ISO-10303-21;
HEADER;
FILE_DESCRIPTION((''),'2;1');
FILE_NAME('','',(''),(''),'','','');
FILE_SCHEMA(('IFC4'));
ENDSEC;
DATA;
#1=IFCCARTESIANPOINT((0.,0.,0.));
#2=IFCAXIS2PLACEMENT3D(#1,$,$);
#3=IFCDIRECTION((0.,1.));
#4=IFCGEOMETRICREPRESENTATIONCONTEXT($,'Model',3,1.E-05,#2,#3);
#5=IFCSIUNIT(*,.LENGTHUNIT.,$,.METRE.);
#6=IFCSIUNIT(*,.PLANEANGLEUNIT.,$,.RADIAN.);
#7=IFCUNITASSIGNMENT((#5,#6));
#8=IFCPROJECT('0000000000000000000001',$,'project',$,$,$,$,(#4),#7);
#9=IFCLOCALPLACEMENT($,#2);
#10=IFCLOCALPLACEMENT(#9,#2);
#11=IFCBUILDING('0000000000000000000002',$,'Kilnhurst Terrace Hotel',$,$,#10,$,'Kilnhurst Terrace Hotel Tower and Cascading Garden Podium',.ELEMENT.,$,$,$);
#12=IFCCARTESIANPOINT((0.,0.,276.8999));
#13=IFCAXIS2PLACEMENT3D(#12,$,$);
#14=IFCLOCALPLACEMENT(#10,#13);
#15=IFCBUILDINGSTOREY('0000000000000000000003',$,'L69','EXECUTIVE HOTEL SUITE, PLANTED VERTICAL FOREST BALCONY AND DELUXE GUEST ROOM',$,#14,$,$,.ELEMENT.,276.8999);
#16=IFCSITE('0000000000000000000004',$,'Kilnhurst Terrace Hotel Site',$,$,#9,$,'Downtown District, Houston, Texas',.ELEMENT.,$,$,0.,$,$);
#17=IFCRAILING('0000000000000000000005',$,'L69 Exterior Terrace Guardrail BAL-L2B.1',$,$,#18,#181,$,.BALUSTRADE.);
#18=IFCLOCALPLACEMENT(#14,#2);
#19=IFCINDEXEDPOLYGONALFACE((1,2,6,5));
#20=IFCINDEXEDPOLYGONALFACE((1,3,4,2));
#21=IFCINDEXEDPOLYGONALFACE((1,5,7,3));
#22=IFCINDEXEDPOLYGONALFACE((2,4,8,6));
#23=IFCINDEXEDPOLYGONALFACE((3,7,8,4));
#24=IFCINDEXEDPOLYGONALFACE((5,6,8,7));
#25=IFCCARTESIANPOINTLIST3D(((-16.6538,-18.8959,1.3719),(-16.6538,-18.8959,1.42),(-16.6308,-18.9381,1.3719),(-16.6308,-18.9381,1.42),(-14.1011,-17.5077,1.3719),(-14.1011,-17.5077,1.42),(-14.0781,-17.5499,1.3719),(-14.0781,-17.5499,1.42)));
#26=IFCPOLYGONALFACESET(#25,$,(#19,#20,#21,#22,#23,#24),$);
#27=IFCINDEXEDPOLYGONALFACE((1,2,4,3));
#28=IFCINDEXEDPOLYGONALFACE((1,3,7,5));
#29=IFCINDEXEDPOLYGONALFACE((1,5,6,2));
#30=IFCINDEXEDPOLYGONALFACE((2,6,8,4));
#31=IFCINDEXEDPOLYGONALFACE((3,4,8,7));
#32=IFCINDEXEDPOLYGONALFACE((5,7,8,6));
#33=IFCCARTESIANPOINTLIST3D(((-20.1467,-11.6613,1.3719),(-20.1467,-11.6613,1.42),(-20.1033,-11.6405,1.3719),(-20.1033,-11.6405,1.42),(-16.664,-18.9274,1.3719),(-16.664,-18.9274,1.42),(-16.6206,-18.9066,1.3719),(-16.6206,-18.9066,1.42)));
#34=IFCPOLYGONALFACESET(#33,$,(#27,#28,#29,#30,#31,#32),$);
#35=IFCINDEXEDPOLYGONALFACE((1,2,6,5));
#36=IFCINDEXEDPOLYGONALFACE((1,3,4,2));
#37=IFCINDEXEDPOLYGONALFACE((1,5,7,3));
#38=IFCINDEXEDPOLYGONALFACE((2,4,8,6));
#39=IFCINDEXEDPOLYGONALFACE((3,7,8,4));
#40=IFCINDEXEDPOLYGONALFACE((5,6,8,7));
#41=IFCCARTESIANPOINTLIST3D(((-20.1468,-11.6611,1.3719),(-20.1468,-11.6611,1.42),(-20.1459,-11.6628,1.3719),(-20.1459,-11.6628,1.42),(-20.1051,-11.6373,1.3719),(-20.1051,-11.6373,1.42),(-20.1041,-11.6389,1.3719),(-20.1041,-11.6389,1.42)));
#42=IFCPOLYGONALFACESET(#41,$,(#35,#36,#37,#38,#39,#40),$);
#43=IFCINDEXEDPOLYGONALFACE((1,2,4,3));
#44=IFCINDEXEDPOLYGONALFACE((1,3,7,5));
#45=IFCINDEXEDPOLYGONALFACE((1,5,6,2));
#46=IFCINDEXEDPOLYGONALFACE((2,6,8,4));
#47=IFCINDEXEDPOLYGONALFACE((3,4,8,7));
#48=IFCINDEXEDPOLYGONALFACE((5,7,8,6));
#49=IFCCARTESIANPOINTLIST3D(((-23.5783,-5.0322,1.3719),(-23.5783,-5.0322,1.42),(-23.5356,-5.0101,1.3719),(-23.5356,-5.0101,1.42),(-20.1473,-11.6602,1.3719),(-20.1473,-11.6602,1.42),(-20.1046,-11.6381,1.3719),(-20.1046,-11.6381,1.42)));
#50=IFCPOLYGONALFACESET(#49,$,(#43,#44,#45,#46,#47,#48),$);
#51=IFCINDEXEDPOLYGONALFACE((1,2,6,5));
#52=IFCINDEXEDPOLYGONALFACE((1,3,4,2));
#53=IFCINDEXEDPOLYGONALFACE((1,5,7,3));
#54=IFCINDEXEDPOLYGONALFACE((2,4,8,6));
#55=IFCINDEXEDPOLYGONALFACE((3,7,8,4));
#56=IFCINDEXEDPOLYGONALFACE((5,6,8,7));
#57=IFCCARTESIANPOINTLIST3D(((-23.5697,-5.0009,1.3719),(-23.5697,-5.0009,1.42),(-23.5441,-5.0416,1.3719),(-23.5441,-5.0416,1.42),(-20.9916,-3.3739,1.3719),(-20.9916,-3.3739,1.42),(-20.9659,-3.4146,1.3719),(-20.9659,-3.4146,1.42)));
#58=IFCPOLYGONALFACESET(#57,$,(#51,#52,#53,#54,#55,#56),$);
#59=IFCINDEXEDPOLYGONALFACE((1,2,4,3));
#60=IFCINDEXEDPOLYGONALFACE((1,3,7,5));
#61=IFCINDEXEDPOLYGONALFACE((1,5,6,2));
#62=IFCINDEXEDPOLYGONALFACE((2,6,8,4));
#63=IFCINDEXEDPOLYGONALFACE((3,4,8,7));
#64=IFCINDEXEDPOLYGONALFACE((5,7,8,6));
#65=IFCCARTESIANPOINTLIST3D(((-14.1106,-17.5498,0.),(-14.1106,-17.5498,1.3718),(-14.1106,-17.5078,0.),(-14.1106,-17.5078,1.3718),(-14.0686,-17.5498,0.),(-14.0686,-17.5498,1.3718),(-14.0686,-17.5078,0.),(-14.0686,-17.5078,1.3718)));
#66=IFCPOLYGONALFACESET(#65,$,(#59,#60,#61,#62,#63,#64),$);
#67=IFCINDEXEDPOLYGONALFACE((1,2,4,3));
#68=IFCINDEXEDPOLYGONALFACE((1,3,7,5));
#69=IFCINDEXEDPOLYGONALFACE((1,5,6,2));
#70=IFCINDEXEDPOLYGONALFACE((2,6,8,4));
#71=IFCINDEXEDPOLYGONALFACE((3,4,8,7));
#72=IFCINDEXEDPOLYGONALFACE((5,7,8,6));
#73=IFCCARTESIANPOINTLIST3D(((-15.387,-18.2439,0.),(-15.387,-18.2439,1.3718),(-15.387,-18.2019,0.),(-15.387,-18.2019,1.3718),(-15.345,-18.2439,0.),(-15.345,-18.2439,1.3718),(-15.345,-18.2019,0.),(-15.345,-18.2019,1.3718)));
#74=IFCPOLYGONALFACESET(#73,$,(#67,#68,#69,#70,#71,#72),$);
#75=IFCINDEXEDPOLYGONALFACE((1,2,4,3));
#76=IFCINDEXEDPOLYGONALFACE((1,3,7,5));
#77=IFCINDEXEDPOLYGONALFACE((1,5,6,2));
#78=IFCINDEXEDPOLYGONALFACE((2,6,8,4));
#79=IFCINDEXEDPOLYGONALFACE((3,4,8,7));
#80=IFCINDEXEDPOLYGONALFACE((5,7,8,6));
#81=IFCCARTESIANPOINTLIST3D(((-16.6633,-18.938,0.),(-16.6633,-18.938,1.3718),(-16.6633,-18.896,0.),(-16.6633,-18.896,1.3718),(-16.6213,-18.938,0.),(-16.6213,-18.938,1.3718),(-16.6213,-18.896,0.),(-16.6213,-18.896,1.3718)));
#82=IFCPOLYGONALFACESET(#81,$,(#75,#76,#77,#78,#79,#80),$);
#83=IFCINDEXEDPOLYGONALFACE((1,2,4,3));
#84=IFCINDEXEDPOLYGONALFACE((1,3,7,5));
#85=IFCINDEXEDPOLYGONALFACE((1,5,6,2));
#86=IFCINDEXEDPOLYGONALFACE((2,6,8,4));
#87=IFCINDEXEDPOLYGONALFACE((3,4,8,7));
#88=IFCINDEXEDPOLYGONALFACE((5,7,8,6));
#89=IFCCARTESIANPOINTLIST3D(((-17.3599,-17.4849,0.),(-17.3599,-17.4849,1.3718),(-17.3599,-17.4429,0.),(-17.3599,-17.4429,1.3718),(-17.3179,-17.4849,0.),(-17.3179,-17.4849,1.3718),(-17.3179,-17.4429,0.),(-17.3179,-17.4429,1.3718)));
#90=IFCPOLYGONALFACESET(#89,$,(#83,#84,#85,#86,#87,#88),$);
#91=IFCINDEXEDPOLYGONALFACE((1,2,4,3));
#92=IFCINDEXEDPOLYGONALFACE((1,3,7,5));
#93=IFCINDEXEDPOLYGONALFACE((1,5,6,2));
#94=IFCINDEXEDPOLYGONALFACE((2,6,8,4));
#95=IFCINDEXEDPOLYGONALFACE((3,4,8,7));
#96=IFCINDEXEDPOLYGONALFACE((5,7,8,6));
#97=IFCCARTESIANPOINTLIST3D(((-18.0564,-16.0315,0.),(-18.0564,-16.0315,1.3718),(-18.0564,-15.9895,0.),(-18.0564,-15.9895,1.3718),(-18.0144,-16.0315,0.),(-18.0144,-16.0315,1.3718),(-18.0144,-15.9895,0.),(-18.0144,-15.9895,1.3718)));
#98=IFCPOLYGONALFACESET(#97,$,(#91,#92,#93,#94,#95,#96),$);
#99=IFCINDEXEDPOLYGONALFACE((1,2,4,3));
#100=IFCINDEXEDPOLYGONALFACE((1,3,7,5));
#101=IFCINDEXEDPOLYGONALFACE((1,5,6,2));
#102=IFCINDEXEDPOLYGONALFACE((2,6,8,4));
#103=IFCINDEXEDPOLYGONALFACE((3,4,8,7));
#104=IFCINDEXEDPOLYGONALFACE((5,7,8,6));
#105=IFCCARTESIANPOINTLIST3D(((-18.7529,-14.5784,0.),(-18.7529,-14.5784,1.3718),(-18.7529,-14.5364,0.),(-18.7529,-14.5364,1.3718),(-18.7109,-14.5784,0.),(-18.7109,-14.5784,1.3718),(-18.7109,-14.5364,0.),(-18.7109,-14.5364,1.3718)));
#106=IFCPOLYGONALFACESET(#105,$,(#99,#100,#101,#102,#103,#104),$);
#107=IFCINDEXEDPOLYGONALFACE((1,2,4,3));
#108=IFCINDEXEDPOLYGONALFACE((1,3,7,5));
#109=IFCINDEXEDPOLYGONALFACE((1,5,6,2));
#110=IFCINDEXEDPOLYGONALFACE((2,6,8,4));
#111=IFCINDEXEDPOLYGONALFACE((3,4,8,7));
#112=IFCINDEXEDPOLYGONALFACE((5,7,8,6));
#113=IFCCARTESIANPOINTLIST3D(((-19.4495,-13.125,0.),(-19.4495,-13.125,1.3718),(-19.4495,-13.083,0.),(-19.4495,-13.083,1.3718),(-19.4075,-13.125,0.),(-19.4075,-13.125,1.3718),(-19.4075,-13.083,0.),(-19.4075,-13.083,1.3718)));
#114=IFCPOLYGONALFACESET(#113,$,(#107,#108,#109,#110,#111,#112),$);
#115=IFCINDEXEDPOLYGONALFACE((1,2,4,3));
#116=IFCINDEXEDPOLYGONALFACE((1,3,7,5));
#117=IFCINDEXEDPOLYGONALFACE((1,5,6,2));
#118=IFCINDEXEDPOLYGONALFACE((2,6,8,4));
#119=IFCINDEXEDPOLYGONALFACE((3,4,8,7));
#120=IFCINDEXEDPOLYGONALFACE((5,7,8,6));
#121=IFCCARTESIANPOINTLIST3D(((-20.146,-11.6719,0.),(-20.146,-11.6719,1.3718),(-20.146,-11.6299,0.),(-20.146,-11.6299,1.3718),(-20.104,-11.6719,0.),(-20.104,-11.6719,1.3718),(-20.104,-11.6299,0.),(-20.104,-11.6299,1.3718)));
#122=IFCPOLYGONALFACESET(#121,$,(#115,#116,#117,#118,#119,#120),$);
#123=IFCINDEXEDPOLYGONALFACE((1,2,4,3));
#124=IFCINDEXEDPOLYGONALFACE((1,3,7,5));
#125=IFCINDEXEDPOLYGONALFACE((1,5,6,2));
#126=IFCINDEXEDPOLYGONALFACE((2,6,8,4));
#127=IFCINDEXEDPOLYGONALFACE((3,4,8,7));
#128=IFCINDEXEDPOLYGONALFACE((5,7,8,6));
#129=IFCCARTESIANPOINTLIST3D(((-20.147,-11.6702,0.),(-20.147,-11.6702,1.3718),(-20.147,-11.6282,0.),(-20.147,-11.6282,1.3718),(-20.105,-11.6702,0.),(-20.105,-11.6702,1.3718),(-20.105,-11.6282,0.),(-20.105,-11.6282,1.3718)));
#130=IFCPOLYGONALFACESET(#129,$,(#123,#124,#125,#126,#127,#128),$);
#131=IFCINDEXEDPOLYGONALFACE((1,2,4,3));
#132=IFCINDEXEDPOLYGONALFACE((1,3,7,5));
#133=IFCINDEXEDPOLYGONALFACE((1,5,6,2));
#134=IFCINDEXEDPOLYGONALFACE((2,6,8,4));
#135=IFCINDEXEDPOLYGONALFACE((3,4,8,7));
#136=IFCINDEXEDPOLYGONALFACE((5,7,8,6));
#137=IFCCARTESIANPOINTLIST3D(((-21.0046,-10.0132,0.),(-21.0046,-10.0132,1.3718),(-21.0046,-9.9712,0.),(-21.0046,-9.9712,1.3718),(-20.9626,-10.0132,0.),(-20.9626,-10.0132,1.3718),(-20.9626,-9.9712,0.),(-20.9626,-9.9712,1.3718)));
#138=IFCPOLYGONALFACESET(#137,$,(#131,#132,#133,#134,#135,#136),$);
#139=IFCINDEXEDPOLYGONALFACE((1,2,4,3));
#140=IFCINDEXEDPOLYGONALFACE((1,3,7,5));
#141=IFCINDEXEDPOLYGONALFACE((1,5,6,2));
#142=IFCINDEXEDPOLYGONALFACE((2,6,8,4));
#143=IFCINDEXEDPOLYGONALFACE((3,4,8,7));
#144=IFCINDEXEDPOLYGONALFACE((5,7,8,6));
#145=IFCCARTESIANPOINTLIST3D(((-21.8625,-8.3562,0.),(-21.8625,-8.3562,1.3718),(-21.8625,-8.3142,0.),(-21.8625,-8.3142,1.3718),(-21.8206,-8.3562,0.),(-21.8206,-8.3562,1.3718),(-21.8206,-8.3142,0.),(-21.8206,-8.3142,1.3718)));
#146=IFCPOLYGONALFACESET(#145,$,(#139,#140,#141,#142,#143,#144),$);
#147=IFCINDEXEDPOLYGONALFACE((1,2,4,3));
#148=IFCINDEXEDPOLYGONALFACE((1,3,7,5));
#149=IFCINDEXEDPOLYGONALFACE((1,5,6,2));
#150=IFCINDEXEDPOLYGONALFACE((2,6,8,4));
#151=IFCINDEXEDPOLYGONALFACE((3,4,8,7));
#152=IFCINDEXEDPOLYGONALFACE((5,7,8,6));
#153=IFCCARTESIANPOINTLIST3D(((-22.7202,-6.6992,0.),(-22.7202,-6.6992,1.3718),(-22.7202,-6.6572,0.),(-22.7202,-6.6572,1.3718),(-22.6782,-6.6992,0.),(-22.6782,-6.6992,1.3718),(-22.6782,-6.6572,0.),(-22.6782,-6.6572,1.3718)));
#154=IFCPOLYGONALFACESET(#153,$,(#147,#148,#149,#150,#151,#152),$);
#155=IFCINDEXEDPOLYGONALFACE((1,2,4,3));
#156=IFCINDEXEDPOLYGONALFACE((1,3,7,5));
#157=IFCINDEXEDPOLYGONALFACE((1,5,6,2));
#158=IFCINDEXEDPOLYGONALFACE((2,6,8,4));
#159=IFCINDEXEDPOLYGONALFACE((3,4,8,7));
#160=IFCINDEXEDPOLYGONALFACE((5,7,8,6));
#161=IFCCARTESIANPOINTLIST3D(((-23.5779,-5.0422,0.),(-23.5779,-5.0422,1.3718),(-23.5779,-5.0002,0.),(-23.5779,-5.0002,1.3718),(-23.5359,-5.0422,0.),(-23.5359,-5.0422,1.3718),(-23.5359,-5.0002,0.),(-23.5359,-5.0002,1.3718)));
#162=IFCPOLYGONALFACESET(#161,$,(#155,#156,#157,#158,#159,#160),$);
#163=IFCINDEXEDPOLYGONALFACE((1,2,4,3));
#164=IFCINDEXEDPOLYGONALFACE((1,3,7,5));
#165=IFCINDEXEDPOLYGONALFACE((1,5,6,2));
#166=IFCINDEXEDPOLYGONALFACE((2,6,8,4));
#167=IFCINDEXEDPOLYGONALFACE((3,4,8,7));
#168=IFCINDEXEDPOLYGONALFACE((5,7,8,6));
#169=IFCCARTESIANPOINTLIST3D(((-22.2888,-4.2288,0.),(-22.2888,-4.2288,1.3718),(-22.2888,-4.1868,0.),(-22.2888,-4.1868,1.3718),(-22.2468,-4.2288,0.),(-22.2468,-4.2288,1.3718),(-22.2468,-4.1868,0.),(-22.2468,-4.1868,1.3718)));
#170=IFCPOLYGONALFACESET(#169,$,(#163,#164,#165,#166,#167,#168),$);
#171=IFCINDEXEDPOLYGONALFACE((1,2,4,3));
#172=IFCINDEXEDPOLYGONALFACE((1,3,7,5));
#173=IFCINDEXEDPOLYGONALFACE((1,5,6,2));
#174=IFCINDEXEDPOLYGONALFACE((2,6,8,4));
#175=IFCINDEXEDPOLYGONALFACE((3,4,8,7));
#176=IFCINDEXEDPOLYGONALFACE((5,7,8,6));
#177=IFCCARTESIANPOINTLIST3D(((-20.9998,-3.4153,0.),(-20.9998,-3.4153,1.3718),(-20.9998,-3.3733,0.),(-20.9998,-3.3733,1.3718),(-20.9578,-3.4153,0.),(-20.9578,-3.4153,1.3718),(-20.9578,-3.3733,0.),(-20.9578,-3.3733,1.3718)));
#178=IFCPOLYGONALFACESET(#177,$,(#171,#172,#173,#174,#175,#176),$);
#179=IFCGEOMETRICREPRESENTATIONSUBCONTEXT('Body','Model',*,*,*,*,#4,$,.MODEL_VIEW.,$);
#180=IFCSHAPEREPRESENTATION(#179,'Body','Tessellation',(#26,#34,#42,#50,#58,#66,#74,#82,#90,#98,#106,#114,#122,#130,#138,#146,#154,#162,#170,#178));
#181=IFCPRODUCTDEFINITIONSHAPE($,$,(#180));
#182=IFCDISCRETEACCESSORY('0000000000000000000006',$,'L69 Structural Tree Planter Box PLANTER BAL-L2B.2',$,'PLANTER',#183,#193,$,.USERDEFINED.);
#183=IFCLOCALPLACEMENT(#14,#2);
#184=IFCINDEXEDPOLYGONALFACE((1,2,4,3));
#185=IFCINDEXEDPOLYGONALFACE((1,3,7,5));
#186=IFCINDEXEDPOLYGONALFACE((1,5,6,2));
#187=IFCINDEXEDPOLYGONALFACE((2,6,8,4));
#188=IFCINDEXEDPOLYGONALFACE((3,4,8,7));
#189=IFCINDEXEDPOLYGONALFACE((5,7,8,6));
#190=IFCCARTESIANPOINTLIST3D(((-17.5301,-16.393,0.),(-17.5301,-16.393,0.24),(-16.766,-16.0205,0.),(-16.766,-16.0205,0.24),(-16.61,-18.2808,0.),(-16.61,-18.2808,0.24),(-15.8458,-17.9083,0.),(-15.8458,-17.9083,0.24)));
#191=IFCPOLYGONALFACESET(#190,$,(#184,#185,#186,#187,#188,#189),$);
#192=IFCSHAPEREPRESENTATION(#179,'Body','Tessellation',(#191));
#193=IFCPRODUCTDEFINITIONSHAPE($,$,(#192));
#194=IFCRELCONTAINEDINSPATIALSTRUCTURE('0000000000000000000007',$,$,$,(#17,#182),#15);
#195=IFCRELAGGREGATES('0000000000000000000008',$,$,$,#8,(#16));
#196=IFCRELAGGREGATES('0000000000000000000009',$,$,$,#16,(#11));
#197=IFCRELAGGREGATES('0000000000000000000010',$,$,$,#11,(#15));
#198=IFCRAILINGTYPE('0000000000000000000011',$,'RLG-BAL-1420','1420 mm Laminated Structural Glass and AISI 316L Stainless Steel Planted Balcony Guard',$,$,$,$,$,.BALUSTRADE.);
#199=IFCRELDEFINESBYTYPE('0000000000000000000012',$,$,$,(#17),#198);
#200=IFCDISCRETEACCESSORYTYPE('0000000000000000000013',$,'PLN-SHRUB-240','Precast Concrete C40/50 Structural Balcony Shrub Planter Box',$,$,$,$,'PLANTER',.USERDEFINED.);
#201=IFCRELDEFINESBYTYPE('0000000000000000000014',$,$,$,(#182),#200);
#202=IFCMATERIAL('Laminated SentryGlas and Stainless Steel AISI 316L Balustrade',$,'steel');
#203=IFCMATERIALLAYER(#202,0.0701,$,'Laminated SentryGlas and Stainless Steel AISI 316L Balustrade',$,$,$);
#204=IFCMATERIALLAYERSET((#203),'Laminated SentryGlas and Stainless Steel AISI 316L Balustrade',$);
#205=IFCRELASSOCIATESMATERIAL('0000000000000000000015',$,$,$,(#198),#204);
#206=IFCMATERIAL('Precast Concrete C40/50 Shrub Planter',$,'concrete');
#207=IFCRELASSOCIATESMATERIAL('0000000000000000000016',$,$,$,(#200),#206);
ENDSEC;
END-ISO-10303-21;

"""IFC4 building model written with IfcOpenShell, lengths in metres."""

from ifc_helpers import new_model, si_unit, direction, frame, origin, origin_2d, place, context, subcontext, project, spatial, rectangle, extrude, material, layer, layer_set, type_object, element, save


model = new_model("IFC4")

# Units and contexts
model_context = context("Model", 3, precision=1e-05, world=origin(), true_north=direction((0.0, 1.0)))
body_context = subcontext(model_context, "Body", "Model", "MODEL_VIEW")
ifc_project = project(units=[si_unit("LENGTHUNIT", "METRE"), si_unit("PLANEANGLEUNIT", "RADIAN")], contexts=[model_context])

# Site, building, storey
site_placement = place(None, origin())
site = spatial("IfcSite", under=ifc_project, at=site_placement, Name="Kilnhurst Terrace Hotel Site", LongName="Downtown District, Houston, Texas", CompositionType="ELEMENT", RefElevation=0.0)
building_placement = place(site_placement, origin())
building = spatial("IfcBuilding", under=site, at=building_placement, Name="Kilnhurst Terrace Hotel", LongName="Kilnhurst Terrace Hotel Tower and Cascading Garden Podium", CompositionType="ELEMENT")
storey_placement = place(building_placement, frame((0.0, 0.0, 276.8999)))
storey = spatial("IfcBuildingStorey", under=building, at=storey_placement, Name="L69", Description="EXECUTIVE HOTEL SUITE, PLANTED VERTICAL FOREST BALCONY AND DELUXE GUEST ROOM", CompositionType="ELEMENT", Elevation=276.8999)

# Railing
ifc_material_1 = material(Name="Laminated SentryGlas and Stainless Steel AISI 316L Balustrade", Category="steel")
ifc_layer_1 = layer(ifc_material_1, 0.0701, Name="Laminated SentryGlas and Stainless Steel AISI 316L Balustrade")
ifc_layer_set_1 = layer_set([ifc_layer_1], Name="Laminated SentryGlas and Stainless Steel AISI 316L Balustrade")
railing_type = type_object("IfcRailingType", Name="RLG-BAL-1420", Description="1420 mm Laminated Structural Glass and AISI 316L Stainless Steel Planted Balcony Guard", PredefinedType="BALUSTRADE", material=ifc_layer_set_1)
railing_placement = place(storey_placement, frame((-14.0896, -17.5288, 0.0)))
element("IfcRailing", 1, at=railing_placement, inside=storey, type_object=railing_type, Name="L69 Exterior Terrace Guardrail BAL-L2B.1", PredefinedType="BALUSTRADE", context=body_context, shape_type="SweptSolid", body=[
    extrude(rectangle(XDim=0.0481, YDim=0.0481, at=origin_2d()), frame((0.0, 0.0, 1.396), z_axis=(-0.878505, -0.477733, 0.0), x_axis=(0.477733, -0.878505, 0.0)), (0.0, 0.0, 1.0), 2.9058),
    extrude(rectangle(XDim=0.0481, YDim=0.0481, at=origin_2d()), frame((-2.5527, -1.3882, 1.396), z_axis=(-0.43222, 0.901768, 0.0), x_axis=(-0.901768, -0.43222, 0.0)), (0.0, 0.0, 1.0), 8.0576),
    extrude(rectangle(XDim=0.0481, YDim=0.0481, at=origin_2d()), frame((-6.0354, 5.8779, 1.396), z_axis=(-0.496139, 0.868243, 0.0), x_axis=(-0.868243, -0.496139, 0.0)), (0.0, 0.0, 1.0), 0.002),
    extrude(rectangle(XDim=0.0481, YDim=0.0481, at=origin_2d()), frame((-6.0364, 5.8796, 1.396), z_axis=(-0.459705, 0.888072, 0.0), x_axis=(-0.888072, -0.459705, 0.0)), (0.0, 0.0, 1.0), 7.4634),
    extrude(rectangle(XDim=0.0481, YDim=0.0481, at=origin_2d()), frame((-9.4673, 12.5076, 1.396), z_axis=(0.845687, 0.53368, 0.0), x_axis=(-0.53368, 0.845687, 0.0)), (0.0, 0.0, 1.0), 3.0486),
    extrude(rectangle(XDim=0.042, YDim=0.042, at=origin_2d()), origin(), (0.0, 0.0, 1.0), 1.3718),
    extrude(rectangle(XDim=0.042, YDim=0.042, at=origin_2d()), frame((-1.2764, -0.6941, 0.0)), (0.0, 0.0, 1.0), 1.3718),
    extrude(rectangle(XDim=0.042, YDim=0.042, at=origin_2d()), frame((-2.5527, -1.3882, 0.0)), (0.0, 0.0, 1.0), 1.3718),
    extrude(rectangle(XDim=0.042, YDim=0.042, at=origin_2d()), frame((-3.2493, 0.0649, 0.0)), (0.0, 0.0, 1.0), 1.3718),
    extrude(rectangle(XDim=0.042, YDim=0.042, at=origin_2d()), frame((-3.9458, 1.5183, 0.0)), (0.0, 0.0, 1.0), 1.3718),
    extrude(rectangle(XDim=0.042, YDim=0.042, at=origin_2d()), frame((-4.6423, 2.9714, 0.0)), (0.0, 0.0, 1.0), 1.3718),
    extrude(rectangle(XDim=0.042, YDim=0.042, at=origin_2d()), frame((-5.3389, 4.4248, 0.0)), (0.0, 0.0, 1.0), 1.3718),
    extrude(rectangle(XDim=0.042, YDim=0.042, at=origin_2d()), frame((-6.0354, 5.8779, 0.0)), (0.0, 0.0, 1.0), 1.3718),
    extrude(rectangle(XDim=0.042, YDim=0.042, at=origin_2d()), frame((-6.0364, 5.8796, 0.0)), (0.0, 0.0, 1.0), 1.3718),
    extrude(rectangle(XDim=0.042, YDim=0.042, at=origin_2d()), frame((-6.894, 7.5366, 0.0)), (0.0, 0.0, 1.0), 1.3718),
    extrude(rectangle(XDim=0.042, YDim=0.042, at=origin_2d()), frame((-7.752, 9.1936, 0.0)), (0.0, 0.0, 1.0), 1.3718),
    extrude(rectangle(XDim=0.042, YDim=0.042, at=origin_2d()), frame((-8.6096, 10.8506, 0.0)), (0.0, 0.0, 1.0), 1.3718),
    extrude(rectangle(XDim=0.042, YDim=0.042, at=origin_2d()), frame((-9.4673, 12.5076, 0.0)), (0.0, 0.0, 1.0), 1.3718),
    extrude(rectangle(XDim=0.042, YDim=0.042, at=origin_2d()), frame((-8.1782, 13.321, 0.0)), (0.0, 0.0, 1.0), 1.3718),
    extrude(rectangle(XDim=0.042, YDim=0.042, at=origin_2d()), frame((-6.8892, 14.1345, 0.0)), (0.0, 0.0, 1.0), 1.3718),
])

# Discrete accessory
ifc_material_2 = material(Name="Precast Concrete C40/50 Shrub Planter", Category="concrete")
discrete_accessory_type = type_object("IfcDiscreteAccessoryType", Name="PLN-SHRUB-240", Description="Precast Concrete C40/50 Structural Balcony Shrub Planter Box", ElementType="PLANTER", PredefinedType="USERDEFINED", material=ifc_material_2)
discrete_accessory_placement = place(storey_placement, frame((-16.688, -17.1506, 0.0), z_axis=(0.0, 0.0, 1.0), x_axis=(0.438136, -0.898909, 0.0)))
element("IfcDiscreteAccessory", 2, at=discrete_accessory_placement, inside=storey, type_object=discrete_accessory_type, Name="L69 Structural Tree Planter Box PLANTER BAL-L2B.2", ObjectType="PLANTER", PredefinedType="USERDEFINED", context=body_context, shape_type="SweptSolid", body=[
    extrude(rectangle(XDim=2.1001, YDim=0.8501, at=origin_2d()), origin(), (0.0, 0.0, 1.0), 0.24),
])

save(model, "model.ifc")
